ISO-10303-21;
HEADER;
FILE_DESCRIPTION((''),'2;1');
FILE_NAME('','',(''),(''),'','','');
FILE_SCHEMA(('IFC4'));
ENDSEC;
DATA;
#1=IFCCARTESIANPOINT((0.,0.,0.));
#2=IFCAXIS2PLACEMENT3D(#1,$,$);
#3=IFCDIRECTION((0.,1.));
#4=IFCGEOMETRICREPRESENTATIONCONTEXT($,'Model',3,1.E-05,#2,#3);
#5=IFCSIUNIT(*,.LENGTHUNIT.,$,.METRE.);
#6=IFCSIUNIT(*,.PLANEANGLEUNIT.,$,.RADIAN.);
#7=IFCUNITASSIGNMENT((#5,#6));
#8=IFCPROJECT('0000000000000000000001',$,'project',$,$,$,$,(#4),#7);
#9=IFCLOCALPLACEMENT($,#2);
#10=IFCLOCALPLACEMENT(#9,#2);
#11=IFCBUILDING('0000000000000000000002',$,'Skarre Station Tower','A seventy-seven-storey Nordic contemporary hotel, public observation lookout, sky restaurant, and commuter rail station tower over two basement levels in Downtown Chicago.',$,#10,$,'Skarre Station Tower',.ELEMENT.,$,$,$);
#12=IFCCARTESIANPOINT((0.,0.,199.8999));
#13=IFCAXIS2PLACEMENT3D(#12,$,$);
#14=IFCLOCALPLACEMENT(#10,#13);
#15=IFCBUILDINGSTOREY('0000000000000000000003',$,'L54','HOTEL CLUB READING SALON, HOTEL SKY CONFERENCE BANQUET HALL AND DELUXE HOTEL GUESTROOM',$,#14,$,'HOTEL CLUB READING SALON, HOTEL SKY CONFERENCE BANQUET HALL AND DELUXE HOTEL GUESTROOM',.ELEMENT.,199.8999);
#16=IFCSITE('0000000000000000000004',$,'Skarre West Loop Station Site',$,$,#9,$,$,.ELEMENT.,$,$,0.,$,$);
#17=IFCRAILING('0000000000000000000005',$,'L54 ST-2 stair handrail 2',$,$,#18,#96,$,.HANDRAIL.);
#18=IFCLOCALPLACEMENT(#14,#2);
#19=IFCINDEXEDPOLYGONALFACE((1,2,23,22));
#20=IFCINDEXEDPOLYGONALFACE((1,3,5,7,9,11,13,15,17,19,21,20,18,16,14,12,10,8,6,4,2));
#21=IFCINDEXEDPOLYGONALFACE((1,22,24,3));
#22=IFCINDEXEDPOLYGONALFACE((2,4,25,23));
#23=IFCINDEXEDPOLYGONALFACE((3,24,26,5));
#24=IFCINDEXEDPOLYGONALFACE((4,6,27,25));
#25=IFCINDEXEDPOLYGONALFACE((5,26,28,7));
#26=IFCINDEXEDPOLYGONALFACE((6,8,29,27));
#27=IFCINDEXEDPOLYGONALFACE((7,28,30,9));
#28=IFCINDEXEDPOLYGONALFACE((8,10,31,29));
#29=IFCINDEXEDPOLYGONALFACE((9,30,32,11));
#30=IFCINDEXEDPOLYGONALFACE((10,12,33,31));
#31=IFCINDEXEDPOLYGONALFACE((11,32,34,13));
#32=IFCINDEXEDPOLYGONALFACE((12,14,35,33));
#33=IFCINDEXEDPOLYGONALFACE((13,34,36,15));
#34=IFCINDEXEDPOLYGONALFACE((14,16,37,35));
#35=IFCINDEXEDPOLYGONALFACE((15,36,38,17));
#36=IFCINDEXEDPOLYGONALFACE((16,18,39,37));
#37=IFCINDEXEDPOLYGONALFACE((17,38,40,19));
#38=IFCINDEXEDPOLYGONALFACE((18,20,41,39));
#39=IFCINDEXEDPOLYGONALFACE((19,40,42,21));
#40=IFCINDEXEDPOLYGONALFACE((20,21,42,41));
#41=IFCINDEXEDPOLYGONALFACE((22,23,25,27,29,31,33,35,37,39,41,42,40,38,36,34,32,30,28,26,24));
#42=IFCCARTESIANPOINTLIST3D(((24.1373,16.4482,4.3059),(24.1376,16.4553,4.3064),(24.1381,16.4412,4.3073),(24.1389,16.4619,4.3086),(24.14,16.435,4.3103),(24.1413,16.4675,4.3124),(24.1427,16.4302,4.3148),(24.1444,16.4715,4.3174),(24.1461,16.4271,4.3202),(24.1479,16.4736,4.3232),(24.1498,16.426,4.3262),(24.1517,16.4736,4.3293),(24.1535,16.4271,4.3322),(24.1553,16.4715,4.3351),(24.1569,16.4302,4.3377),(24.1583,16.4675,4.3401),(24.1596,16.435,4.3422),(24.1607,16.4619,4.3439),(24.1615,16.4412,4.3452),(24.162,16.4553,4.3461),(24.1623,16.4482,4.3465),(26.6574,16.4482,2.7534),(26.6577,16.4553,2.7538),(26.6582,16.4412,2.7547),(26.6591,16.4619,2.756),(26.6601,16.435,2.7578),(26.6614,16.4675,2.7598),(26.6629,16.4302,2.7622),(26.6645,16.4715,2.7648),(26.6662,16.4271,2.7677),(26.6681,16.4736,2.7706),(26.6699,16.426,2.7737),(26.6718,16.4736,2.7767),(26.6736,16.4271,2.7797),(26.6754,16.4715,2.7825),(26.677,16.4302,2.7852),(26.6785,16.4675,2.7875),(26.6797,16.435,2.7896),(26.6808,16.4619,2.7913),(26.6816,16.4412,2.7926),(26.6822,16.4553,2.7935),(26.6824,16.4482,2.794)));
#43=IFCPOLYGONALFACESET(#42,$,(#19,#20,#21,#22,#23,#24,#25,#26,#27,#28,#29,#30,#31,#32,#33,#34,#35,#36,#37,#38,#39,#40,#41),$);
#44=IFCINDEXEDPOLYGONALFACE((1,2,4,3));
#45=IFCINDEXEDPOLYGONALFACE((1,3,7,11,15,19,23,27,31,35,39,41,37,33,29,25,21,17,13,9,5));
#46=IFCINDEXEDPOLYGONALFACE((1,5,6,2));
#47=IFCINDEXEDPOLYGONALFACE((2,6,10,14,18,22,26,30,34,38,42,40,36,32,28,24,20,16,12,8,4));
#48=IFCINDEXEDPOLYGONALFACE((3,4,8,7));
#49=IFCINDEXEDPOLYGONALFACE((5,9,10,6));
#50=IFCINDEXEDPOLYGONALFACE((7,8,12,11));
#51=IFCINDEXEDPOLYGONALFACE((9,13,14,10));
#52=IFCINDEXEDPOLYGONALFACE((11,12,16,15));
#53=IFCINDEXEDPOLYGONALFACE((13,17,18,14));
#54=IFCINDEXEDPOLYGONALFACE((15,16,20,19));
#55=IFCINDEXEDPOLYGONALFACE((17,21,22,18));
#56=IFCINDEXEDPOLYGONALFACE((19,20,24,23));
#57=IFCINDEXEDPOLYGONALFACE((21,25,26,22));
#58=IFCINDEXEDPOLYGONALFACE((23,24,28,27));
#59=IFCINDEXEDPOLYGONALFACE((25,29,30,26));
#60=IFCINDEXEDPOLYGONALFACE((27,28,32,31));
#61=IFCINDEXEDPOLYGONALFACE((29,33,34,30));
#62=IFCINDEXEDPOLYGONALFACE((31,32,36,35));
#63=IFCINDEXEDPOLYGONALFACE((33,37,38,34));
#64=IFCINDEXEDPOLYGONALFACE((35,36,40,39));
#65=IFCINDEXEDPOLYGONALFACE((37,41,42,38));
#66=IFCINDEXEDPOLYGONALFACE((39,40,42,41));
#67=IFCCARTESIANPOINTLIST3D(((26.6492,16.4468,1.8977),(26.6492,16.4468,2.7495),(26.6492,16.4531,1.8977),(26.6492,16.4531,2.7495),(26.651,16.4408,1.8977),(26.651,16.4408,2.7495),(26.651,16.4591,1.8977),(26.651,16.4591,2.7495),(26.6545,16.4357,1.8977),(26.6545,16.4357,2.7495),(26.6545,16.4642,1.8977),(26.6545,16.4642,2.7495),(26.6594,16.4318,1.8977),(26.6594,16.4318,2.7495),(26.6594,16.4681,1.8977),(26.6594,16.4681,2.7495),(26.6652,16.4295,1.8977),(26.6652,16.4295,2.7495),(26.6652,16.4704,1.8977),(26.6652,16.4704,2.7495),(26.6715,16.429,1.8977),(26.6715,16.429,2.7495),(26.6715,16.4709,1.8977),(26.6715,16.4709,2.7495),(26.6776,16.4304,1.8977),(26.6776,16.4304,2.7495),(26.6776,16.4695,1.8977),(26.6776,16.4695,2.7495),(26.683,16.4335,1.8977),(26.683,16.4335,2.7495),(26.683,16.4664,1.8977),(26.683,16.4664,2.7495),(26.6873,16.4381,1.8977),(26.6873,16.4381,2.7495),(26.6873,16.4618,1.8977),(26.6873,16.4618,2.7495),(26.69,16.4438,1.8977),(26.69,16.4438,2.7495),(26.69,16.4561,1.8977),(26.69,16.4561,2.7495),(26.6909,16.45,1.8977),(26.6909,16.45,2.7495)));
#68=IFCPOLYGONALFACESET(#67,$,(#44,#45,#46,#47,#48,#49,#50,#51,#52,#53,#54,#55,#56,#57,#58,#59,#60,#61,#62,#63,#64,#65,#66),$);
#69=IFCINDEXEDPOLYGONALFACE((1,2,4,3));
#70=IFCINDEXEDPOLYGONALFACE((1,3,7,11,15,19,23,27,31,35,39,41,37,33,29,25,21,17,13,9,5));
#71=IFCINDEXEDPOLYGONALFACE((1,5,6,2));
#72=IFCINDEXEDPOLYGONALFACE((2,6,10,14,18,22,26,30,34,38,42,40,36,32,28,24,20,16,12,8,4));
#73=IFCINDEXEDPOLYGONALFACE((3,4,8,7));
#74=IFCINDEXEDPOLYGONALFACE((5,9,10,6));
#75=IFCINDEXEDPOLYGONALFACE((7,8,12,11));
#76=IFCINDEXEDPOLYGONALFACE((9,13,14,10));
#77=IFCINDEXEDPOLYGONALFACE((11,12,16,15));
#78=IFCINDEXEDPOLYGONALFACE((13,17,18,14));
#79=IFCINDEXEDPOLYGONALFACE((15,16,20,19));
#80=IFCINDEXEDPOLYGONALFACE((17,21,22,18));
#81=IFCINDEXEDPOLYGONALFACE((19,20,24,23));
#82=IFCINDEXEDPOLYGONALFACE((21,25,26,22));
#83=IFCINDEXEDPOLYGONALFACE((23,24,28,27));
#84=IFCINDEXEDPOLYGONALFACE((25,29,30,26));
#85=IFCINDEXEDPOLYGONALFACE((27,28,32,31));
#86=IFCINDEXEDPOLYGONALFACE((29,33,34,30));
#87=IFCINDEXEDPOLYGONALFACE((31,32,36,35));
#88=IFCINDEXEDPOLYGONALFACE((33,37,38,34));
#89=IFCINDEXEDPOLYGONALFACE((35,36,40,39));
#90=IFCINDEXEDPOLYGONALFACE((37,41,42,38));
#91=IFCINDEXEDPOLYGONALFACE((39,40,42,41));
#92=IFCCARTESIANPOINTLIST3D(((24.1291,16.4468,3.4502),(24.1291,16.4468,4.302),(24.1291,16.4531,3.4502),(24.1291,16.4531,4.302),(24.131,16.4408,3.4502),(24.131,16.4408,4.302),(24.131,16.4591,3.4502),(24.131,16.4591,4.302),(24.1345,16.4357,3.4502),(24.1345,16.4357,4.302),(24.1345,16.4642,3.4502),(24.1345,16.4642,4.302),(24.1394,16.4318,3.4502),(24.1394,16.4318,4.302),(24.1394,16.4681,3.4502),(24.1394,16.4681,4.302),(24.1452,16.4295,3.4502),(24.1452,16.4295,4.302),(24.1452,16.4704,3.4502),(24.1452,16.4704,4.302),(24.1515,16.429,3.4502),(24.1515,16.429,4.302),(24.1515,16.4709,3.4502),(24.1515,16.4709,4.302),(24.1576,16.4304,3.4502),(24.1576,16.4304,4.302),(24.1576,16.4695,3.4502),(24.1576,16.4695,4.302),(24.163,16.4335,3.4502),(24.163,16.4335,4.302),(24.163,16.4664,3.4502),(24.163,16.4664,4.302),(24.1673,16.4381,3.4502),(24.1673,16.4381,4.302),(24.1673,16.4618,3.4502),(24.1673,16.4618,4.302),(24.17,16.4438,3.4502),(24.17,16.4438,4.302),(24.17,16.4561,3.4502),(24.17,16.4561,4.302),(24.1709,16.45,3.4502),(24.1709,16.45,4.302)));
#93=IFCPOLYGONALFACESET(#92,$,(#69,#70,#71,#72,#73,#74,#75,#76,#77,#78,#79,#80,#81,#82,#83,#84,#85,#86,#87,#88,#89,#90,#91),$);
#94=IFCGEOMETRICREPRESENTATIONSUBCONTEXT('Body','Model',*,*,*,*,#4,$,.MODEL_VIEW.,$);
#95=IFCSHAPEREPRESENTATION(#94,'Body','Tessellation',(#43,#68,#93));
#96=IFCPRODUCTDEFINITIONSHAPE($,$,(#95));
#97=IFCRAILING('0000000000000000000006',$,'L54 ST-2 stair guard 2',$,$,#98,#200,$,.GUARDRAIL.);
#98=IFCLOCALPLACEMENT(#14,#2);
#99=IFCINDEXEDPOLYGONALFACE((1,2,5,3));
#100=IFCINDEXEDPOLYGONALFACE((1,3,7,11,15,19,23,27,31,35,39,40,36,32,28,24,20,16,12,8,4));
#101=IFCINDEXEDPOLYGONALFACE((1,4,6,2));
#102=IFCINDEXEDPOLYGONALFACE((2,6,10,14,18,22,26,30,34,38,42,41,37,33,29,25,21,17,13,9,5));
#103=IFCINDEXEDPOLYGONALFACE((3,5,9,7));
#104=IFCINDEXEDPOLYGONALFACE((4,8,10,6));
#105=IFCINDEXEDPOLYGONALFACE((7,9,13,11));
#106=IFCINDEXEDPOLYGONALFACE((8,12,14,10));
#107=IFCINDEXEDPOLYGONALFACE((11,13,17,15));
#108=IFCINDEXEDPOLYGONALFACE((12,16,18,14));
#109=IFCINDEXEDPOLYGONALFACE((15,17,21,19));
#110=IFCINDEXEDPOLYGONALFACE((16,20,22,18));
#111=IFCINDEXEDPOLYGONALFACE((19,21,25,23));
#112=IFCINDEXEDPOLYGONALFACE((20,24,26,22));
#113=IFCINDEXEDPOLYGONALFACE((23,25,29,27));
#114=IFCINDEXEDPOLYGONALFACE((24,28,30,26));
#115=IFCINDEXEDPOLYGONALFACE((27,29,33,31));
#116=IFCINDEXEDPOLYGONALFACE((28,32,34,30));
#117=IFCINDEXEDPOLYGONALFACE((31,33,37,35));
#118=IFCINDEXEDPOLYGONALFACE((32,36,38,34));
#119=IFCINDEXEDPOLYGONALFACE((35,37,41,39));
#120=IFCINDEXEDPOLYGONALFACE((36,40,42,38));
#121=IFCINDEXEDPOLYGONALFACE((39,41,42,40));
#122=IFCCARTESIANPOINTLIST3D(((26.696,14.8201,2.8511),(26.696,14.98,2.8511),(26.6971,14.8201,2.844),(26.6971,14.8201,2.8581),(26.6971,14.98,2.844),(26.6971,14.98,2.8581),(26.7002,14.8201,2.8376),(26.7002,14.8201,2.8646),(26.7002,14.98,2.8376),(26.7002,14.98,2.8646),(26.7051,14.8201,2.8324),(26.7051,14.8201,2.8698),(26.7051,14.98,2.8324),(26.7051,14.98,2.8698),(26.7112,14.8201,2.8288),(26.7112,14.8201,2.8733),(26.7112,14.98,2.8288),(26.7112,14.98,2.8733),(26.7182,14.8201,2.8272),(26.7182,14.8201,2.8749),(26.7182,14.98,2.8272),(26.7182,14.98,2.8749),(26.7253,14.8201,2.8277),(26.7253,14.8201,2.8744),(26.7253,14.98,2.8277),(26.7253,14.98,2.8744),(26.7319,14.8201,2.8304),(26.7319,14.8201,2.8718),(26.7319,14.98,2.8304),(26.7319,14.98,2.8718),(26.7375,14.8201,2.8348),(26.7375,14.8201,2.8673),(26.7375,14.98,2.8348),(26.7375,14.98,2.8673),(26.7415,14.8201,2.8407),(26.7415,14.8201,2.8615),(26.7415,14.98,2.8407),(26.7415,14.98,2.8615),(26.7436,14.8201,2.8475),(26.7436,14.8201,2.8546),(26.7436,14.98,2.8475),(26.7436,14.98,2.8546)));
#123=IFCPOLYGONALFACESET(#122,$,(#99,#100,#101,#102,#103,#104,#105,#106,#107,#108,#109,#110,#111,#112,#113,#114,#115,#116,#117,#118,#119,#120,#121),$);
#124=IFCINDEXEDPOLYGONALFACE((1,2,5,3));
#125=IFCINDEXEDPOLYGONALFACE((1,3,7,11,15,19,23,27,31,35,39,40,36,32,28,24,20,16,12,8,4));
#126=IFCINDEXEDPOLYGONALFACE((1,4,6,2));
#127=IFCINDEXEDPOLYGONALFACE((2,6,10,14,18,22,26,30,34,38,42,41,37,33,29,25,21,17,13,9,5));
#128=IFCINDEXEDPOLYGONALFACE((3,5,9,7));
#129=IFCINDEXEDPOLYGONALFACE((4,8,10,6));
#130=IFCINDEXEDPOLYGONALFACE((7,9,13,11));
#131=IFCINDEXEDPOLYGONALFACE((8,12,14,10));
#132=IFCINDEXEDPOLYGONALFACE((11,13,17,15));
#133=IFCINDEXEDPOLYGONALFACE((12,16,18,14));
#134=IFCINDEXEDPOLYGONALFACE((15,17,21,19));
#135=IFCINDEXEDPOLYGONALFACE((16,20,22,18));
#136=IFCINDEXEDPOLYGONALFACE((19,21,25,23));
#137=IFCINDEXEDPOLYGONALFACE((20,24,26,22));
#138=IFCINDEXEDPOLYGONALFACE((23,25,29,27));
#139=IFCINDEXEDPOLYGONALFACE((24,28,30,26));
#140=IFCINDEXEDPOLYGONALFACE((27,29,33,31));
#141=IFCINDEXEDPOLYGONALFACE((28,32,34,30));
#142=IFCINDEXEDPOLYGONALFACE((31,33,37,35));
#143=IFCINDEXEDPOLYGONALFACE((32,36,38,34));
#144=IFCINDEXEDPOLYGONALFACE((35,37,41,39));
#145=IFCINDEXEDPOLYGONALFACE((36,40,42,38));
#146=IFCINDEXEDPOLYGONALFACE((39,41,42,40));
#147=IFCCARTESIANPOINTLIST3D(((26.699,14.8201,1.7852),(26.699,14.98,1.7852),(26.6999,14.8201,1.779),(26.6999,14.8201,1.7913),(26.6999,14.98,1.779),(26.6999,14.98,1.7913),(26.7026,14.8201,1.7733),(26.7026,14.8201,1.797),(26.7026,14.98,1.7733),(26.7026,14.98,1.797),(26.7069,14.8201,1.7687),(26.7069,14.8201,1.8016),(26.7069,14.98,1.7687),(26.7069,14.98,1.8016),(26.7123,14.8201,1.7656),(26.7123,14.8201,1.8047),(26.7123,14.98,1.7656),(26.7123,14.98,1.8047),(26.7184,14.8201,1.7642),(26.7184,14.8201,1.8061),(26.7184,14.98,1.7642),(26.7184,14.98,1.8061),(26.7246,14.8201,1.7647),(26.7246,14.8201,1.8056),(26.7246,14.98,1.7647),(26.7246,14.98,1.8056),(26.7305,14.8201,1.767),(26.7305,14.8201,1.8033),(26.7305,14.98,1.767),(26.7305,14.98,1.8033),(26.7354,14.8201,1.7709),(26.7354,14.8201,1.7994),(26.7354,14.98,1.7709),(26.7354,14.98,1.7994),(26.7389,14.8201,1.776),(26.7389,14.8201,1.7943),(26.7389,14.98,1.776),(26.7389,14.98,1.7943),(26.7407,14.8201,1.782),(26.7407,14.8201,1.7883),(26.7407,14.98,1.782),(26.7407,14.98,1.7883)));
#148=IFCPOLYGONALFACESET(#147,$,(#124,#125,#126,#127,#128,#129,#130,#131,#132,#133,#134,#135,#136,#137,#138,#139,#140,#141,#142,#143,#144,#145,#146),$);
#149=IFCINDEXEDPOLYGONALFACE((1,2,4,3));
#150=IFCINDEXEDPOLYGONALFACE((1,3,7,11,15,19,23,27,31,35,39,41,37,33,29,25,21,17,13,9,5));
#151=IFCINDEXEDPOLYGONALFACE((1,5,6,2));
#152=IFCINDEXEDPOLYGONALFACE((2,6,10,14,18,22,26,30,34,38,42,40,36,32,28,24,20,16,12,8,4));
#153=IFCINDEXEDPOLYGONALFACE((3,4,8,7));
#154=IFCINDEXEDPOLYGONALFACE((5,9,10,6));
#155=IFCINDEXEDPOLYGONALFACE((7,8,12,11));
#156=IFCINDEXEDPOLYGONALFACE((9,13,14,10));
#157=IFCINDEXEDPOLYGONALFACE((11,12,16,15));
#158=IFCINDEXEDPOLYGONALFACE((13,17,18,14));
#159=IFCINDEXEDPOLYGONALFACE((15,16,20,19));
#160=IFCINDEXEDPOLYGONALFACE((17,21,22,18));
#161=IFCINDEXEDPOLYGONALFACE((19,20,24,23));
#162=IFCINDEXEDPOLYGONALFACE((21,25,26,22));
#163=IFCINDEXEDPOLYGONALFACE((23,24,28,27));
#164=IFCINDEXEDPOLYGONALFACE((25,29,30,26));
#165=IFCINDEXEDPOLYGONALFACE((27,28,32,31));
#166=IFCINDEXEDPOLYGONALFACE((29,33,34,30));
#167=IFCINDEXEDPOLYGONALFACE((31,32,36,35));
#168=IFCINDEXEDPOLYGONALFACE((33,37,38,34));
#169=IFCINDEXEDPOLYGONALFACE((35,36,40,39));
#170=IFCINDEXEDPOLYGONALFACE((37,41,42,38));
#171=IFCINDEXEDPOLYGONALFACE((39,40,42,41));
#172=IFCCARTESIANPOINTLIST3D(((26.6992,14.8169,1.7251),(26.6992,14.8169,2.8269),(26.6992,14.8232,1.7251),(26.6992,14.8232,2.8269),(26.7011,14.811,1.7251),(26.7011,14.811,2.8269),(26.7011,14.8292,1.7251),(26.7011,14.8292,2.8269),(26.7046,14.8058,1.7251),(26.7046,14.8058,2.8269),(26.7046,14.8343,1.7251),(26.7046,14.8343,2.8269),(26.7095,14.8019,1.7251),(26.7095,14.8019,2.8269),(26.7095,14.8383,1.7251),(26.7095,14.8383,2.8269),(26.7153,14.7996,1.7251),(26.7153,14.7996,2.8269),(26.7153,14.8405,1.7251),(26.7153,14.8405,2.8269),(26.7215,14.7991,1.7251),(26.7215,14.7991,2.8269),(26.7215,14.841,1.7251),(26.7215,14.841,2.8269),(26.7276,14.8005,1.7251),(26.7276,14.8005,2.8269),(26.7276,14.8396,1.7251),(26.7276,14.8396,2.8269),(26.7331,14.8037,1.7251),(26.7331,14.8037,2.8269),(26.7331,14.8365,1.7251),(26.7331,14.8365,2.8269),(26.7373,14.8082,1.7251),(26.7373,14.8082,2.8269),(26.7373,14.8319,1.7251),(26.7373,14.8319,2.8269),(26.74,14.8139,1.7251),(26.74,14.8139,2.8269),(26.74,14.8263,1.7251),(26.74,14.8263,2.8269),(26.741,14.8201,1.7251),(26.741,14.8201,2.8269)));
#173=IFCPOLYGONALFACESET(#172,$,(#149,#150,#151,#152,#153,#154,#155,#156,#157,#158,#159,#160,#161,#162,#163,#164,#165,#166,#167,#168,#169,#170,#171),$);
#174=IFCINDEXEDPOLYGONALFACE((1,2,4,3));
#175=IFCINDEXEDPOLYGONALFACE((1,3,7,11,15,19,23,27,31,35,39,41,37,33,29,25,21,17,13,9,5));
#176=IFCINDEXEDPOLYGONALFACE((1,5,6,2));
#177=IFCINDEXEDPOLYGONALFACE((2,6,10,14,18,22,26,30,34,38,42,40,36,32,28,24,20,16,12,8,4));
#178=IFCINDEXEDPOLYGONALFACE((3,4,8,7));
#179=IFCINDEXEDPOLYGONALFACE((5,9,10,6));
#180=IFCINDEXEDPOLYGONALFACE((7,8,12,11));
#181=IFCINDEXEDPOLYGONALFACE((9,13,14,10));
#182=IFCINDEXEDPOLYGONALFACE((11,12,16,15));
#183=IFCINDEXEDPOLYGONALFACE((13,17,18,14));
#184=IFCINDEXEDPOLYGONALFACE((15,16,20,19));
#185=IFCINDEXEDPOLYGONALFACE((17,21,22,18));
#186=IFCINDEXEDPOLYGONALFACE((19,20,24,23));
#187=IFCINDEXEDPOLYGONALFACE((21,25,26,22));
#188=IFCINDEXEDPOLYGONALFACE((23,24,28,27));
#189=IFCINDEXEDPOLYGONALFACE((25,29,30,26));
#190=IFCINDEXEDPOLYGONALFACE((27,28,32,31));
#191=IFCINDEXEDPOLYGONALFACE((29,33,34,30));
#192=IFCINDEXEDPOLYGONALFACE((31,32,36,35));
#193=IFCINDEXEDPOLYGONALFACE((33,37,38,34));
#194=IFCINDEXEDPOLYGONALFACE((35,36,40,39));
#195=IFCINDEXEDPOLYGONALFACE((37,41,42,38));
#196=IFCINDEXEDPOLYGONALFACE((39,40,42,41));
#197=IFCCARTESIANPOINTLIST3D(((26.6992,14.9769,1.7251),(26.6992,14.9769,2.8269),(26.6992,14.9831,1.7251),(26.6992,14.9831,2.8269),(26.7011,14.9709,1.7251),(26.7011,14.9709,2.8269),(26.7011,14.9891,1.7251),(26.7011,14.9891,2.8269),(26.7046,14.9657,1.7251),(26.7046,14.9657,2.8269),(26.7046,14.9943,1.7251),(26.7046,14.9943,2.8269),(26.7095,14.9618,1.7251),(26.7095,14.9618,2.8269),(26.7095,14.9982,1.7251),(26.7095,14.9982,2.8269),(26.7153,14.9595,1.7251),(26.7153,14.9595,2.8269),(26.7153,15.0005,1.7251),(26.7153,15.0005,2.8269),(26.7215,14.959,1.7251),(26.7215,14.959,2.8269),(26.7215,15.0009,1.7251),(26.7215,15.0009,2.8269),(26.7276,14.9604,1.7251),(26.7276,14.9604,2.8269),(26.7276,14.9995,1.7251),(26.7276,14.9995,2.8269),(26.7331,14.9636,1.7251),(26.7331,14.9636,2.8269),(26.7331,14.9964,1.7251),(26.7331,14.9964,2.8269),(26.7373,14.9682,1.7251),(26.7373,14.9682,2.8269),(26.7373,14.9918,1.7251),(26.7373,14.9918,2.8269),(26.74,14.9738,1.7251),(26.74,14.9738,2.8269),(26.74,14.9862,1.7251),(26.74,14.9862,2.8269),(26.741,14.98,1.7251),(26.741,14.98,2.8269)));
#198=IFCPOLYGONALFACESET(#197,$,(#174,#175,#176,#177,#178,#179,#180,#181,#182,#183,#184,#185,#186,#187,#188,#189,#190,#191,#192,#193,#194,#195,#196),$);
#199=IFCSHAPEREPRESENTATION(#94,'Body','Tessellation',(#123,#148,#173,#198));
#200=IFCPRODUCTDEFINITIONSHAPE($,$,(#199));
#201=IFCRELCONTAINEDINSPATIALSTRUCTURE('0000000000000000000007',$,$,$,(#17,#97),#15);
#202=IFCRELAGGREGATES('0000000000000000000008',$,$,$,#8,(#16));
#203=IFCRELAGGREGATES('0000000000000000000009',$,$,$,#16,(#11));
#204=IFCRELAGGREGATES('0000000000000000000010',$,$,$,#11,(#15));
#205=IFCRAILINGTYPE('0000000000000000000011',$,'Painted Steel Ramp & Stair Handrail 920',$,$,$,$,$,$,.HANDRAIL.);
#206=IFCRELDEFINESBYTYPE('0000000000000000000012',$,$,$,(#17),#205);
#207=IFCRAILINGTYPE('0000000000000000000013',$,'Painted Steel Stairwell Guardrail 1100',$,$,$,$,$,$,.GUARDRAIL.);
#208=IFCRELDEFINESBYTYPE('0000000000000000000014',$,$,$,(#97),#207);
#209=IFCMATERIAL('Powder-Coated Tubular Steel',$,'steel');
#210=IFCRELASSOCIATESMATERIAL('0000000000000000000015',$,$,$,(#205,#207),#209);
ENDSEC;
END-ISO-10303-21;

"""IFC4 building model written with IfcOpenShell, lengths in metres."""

from ifc_helpers import new_model, si_unit, direction, frame, origin, origin_2d, place, context, subcontext, project, spatial, circle, extrude, material, type_object, element, save


model = new_model("IFC4")

# Units and contexts
model_context = context("Model", 3, precision=1e-05, world=origin(), true_north=direction((0.0, 1.0)))
body_context = subcontext(model_context, "Body", "Model", "MODEL_VIEW")
ifc_project = project(units=[si_unit("LENGTHUNIT", "METRE"), si_unit("PLANEANGLEUNIT", "RADIAN")], contexts=[model_context])

# Site, building, storey
site_placement = place(None, origin())
site = spatial("IfcSite", under=ifc_project, at=site_placement, Name="Skarre West Loop Station Site", CompositionType="ELEMENT", RefElevation=0.0)
building_placement = place(site_placement, origin())
building = spatial("IfcBuilding", under=site, at=building_placement, Name="Skarre Station Tower", Description="A seventy-seven-storey Nordic contemporary hotel, public observation lookout, sky restaurant, and commuter rail station tower over two basement levels in Downtown Chicago.", LongName="Skarre Station Tower", CompositionType="ELEMENT")
storey_placement = place(building_placement, frame((0.0, 0.0, 199.8999)))
storey = spatial("IfcBuildingStorey", under=building, at=storey_placement, Name="L54", Description="HOTEL CLUB READING SALON, HOTEL SKY CONFERENCE BANQUET HALL AND DELUXE HOTEL GUESTROOM", LongName="HOTEL CLUB READING SALON, HOTEL SKY CONFERENCE BANQUET HALL AND DELUXE HOTEL GUESTROOM", CompositionType="ELEMENT", Elevation=199.8999)

# Railings
ifc_material_1 = material(Name="Powder-Coated Tubular Steel", Category="steel")
railing_type_1 = type_object("IfcRailingType", Name="Painted Steel Ramp & Stair Handrail 920", PredefinedType="HANDRAIL", material=ifc_material_1)
railing_1_placement = place(storey_placement, frame((26.6699, 16.45, 1.8977)))
element("IfcRailing", 1, at=railing_1_placement, inside=storey, type_object=railing_type_1, Name="L54 ST-2 stair handrail 2", PredefinedType="HANDRAIL", context=body_context, shape_type="SweptSolid", body=[
    extrude(circle(Radius=0.0239, at=origin_2d()), frame((0.0, 0.0, 0.876), z_axis=(-0.8514, 0.0, 0.524516), x_axis=(0.0, -1.0, 0.0)), (0.0, 0.0, 1.0), 2.96),
    extrude(circle(Radius=0.021, at=origin_2d()), origin(), (0.0, 0.0, 1.0), 0.8518),
    extrude(circle(Radius=0.021, at=origin_2d()), frame((-2.52, 0.0, 1.5525)), (0.0, 0.0, 1.0), 0.8518),
])
railing_type_2 = type_object("IfcRailingType", Name="Painted Steel Stairwell Guardrail 1100", PredefinedType="GUARDRAIL", material=ifc_material_1)
railing_2_placement = place(storey_placement, frame((26.72, 14.8201, 1.7251)))
element("IfcRailing", 2, at=railing_2_placement, inside=storey, type_object=railing_type_2, Name="L54 ST-2 stair guard 2", PredefinedType="GUARDRAIL", context=body_context, shape_type="SweptSolid", body=[
    extrude(circle(Radius=0.0239, at=origin_2d()), frame((0.0, 0.0, 1.126), z_axis=(0.0, 1.0, 0.0), x_axis=(-1.0, 0.0, 0.0)), (0.0, 0.0, 1.0), 0.1599),
    extrude(circle(Radius=0.021, at=origin_2d()), frame((0.0, 0.0, 0.0601), z_axis=(0.0, 1.0, 0.0), x_axis=(-1.0, 0.0, 0.0)), (0.0, 0.0, 1.0), 0.1599),
    extrude(circle(Radius=0.021, at=origin_2d()), origin(), (0.0, 0.0, 1.0), 1.1018),
    extrude(circle(Radius=0.021, at=origin_2d()), frame((0.0, 0.1599, 0.0)), (0.0, 0.0, 1.0), 1.1018),
])

save(model, "model.ifc")
